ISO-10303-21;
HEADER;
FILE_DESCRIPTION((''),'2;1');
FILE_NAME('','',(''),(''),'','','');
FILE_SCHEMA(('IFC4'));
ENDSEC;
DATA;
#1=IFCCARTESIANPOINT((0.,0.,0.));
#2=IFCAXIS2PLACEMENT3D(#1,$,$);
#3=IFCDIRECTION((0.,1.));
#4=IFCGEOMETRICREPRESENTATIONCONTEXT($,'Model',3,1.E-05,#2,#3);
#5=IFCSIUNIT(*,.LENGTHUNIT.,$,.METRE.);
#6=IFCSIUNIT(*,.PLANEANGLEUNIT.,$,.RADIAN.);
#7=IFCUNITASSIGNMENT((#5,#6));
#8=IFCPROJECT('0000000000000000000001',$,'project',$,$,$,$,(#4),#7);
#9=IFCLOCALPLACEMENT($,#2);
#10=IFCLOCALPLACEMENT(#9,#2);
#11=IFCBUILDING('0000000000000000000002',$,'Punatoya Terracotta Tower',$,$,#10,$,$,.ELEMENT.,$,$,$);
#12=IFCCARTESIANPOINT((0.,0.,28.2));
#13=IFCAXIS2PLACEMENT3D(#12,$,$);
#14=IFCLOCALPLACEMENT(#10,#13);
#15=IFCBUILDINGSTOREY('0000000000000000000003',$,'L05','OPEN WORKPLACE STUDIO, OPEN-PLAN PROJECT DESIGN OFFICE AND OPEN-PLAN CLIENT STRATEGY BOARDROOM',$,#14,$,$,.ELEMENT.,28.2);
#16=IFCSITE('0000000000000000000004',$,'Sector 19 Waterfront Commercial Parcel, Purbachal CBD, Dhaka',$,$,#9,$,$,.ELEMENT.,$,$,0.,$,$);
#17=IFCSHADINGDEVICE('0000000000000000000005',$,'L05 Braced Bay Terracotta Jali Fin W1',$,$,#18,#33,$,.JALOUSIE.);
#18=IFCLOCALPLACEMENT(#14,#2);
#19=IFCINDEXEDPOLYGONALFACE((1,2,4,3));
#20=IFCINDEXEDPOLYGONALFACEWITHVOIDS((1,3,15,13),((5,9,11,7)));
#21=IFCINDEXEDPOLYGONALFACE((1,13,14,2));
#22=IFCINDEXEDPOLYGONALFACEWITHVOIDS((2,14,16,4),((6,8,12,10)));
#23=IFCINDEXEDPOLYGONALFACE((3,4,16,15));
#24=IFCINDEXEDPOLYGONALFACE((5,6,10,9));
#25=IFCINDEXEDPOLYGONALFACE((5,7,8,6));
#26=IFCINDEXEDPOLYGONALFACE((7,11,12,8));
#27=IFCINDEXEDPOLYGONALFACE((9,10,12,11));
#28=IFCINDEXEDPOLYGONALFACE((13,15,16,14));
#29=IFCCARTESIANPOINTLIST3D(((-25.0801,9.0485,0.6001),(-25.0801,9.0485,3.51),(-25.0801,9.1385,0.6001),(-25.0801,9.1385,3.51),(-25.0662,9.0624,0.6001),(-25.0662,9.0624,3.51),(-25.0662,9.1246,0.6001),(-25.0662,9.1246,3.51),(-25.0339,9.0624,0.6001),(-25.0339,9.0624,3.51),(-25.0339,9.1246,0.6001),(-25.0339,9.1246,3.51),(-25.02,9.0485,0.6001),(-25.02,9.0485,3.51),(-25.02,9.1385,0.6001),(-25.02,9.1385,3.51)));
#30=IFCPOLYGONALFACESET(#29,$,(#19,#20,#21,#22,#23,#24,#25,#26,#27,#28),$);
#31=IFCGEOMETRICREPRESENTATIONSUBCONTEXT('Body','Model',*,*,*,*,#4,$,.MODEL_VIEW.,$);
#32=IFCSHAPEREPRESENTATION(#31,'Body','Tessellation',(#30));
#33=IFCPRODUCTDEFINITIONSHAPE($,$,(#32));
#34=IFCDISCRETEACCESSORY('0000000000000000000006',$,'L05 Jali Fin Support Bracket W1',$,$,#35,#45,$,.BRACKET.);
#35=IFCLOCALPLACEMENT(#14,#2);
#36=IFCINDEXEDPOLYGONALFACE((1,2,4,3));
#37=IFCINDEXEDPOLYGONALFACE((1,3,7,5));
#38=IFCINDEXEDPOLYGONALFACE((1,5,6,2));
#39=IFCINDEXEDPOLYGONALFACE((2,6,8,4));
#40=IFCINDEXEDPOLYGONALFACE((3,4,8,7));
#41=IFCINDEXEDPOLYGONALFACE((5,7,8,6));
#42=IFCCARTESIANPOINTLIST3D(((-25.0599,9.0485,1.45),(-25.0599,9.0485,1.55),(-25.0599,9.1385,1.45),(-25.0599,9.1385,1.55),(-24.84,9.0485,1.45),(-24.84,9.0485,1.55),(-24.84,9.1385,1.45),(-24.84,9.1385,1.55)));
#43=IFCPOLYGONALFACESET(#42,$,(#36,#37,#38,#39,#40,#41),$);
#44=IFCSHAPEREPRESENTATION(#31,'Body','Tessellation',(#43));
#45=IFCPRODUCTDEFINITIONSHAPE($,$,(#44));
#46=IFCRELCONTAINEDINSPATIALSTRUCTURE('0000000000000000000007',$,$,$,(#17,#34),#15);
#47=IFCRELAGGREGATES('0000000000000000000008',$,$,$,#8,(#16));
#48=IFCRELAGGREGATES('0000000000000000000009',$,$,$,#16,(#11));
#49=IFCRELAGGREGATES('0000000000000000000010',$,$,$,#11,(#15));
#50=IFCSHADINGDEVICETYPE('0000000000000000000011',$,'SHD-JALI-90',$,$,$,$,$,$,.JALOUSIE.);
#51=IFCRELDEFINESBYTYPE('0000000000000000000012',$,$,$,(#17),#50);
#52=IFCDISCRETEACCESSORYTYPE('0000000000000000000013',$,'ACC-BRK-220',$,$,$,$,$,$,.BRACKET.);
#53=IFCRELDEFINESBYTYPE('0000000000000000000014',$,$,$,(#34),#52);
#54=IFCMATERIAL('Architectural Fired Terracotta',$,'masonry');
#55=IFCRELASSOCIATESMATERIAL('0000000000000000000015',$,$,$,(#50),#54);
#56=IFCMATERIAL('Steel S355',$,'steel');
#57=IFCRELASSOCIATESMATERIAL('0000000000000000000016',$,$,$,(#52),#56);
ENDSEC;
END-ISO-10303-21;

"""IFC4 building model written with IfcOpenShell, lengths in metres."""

from ifc_helpers import new_model, si_unit, direction, frame, origin, origin_2d, place, context, subcontext, project, spatial, rectangle, hollow_rectangle, extrude, material, material_profile, profile_set, type_object, element, save


model = new_model("IFC4")

# Units and contexts
model_context = context("Model", 3, precision=1e-05, world=origin(), true_north=direction((0.0, 1.0)))
body_context = subcontext(model_context, "Body", "Model", "MODEL_VIEW")
ifc_project = project(units=[si_unit("LENGTHUNIT", "METRE"), si_unit("PLANEANGLEUNIT", "RADIAN")], contexts=[model_context])

# Site, building, storey
site_placement = place(None, origin())
site = spatial("IfcSite", under=ifc_project, at=site_placement, Name="Sector 19 Waterfront Commercial Parcel, Purbachal CBD, Dhaka", CompositionType="ELEMENT", RefElevation=0.0)
building_placement = place(site_placement, origin())
building = spatial("IfcBuilding", under=site, at=building_placement, Name="Punatoya Terracotta Tower", CompositionType="ELEMENT")
storey_placement = place(building_placement, frame((0.0, 0.0, 28.2)))
storey = spatial("IfcBuildingStorey", under=building, at=storey_placement, Name="L05", Description="OPEN WORKPLACE STUDIO, OPEN-PLAN PROJECT DESIGN OFFICE AND OPEN-PLAN CLIENT STRATEGY BOARDROOM", CompositionType="ELEMENT", Elevation=28.2)

# Shared definitions
ifc_material_1 = material(Name="Steel S355", Category="steel")

# Shading device
ifc_material_2 = material(Name="Architectural Fired Terracotta", Category="masonry")
ifc_material_profile_1 = material_profile(ifc_material_2, hollow_rectangle(XDim=0.0601, YDim=0.0901, WallThickness=0.0139, at=origin_2d()))
ifc_profile_set_1 = profile_set([ifc_material_profile_1], Name="Architectural Fired Terracotta")
shading_device_type = type_object("IfcShadingDeviceType", Name="SHD-JALI-90", PredefinedType="JALOUSIE", material=ifc_profile_set_1)
shading_device_placement = place(storey_placement, frame((-25.05, 9.0935, 0.6001), z_axis=(0.0, 0.0, 1.0), x_axis=(1.0, 0.0, 0.0)))
element("IfcShadingDevice", 1, at=shading_device_placement, inside=storey, type_object=shading_device_type, Name="L05 Braced Bay Terracotta Jali Fin W1", PredefinedType="JALOUSIE", context=body_context, shape_type="SweptSolid", body=[
    extrude(hollow_rectangle(XDim=0.0601, YDim=0.0901, WallThickness=0.0139, at=origin_2d()), origin(), (0.0, 0.0, 1.0), 2.9099),
])

# Discrete accessory
discrete_accessory_type = type_object("IfcDiscreteAccessoryType", Name="ACC-BRK-220", PredefinedType="BRACKET", material=ifc_material_1)
discrete_accessory_placement = place(storey_placement, frame((-24.95, 9.0935, 1.45), z_axis=(0.0, 0.0, 1.0), x_axis=(0.0, -1.0, 0.0)))
element("IfcDiscreteAccessory", 2, at=discrete_accessory_placement, inside=storey, type_object=discrete_accessory_type, Name="L05 Jali Fin Support Bracket W1", PredefinedType="BRACKET", context=body_context, shape_type="SweptSolid", body=[
    extrude(rectangle(XDim=0.0901, YDim=0.22, at=origin_2d()), origin(), (0.0, 0.0, 1.0), 0.1001),
])

save(model, "model.ifc")
